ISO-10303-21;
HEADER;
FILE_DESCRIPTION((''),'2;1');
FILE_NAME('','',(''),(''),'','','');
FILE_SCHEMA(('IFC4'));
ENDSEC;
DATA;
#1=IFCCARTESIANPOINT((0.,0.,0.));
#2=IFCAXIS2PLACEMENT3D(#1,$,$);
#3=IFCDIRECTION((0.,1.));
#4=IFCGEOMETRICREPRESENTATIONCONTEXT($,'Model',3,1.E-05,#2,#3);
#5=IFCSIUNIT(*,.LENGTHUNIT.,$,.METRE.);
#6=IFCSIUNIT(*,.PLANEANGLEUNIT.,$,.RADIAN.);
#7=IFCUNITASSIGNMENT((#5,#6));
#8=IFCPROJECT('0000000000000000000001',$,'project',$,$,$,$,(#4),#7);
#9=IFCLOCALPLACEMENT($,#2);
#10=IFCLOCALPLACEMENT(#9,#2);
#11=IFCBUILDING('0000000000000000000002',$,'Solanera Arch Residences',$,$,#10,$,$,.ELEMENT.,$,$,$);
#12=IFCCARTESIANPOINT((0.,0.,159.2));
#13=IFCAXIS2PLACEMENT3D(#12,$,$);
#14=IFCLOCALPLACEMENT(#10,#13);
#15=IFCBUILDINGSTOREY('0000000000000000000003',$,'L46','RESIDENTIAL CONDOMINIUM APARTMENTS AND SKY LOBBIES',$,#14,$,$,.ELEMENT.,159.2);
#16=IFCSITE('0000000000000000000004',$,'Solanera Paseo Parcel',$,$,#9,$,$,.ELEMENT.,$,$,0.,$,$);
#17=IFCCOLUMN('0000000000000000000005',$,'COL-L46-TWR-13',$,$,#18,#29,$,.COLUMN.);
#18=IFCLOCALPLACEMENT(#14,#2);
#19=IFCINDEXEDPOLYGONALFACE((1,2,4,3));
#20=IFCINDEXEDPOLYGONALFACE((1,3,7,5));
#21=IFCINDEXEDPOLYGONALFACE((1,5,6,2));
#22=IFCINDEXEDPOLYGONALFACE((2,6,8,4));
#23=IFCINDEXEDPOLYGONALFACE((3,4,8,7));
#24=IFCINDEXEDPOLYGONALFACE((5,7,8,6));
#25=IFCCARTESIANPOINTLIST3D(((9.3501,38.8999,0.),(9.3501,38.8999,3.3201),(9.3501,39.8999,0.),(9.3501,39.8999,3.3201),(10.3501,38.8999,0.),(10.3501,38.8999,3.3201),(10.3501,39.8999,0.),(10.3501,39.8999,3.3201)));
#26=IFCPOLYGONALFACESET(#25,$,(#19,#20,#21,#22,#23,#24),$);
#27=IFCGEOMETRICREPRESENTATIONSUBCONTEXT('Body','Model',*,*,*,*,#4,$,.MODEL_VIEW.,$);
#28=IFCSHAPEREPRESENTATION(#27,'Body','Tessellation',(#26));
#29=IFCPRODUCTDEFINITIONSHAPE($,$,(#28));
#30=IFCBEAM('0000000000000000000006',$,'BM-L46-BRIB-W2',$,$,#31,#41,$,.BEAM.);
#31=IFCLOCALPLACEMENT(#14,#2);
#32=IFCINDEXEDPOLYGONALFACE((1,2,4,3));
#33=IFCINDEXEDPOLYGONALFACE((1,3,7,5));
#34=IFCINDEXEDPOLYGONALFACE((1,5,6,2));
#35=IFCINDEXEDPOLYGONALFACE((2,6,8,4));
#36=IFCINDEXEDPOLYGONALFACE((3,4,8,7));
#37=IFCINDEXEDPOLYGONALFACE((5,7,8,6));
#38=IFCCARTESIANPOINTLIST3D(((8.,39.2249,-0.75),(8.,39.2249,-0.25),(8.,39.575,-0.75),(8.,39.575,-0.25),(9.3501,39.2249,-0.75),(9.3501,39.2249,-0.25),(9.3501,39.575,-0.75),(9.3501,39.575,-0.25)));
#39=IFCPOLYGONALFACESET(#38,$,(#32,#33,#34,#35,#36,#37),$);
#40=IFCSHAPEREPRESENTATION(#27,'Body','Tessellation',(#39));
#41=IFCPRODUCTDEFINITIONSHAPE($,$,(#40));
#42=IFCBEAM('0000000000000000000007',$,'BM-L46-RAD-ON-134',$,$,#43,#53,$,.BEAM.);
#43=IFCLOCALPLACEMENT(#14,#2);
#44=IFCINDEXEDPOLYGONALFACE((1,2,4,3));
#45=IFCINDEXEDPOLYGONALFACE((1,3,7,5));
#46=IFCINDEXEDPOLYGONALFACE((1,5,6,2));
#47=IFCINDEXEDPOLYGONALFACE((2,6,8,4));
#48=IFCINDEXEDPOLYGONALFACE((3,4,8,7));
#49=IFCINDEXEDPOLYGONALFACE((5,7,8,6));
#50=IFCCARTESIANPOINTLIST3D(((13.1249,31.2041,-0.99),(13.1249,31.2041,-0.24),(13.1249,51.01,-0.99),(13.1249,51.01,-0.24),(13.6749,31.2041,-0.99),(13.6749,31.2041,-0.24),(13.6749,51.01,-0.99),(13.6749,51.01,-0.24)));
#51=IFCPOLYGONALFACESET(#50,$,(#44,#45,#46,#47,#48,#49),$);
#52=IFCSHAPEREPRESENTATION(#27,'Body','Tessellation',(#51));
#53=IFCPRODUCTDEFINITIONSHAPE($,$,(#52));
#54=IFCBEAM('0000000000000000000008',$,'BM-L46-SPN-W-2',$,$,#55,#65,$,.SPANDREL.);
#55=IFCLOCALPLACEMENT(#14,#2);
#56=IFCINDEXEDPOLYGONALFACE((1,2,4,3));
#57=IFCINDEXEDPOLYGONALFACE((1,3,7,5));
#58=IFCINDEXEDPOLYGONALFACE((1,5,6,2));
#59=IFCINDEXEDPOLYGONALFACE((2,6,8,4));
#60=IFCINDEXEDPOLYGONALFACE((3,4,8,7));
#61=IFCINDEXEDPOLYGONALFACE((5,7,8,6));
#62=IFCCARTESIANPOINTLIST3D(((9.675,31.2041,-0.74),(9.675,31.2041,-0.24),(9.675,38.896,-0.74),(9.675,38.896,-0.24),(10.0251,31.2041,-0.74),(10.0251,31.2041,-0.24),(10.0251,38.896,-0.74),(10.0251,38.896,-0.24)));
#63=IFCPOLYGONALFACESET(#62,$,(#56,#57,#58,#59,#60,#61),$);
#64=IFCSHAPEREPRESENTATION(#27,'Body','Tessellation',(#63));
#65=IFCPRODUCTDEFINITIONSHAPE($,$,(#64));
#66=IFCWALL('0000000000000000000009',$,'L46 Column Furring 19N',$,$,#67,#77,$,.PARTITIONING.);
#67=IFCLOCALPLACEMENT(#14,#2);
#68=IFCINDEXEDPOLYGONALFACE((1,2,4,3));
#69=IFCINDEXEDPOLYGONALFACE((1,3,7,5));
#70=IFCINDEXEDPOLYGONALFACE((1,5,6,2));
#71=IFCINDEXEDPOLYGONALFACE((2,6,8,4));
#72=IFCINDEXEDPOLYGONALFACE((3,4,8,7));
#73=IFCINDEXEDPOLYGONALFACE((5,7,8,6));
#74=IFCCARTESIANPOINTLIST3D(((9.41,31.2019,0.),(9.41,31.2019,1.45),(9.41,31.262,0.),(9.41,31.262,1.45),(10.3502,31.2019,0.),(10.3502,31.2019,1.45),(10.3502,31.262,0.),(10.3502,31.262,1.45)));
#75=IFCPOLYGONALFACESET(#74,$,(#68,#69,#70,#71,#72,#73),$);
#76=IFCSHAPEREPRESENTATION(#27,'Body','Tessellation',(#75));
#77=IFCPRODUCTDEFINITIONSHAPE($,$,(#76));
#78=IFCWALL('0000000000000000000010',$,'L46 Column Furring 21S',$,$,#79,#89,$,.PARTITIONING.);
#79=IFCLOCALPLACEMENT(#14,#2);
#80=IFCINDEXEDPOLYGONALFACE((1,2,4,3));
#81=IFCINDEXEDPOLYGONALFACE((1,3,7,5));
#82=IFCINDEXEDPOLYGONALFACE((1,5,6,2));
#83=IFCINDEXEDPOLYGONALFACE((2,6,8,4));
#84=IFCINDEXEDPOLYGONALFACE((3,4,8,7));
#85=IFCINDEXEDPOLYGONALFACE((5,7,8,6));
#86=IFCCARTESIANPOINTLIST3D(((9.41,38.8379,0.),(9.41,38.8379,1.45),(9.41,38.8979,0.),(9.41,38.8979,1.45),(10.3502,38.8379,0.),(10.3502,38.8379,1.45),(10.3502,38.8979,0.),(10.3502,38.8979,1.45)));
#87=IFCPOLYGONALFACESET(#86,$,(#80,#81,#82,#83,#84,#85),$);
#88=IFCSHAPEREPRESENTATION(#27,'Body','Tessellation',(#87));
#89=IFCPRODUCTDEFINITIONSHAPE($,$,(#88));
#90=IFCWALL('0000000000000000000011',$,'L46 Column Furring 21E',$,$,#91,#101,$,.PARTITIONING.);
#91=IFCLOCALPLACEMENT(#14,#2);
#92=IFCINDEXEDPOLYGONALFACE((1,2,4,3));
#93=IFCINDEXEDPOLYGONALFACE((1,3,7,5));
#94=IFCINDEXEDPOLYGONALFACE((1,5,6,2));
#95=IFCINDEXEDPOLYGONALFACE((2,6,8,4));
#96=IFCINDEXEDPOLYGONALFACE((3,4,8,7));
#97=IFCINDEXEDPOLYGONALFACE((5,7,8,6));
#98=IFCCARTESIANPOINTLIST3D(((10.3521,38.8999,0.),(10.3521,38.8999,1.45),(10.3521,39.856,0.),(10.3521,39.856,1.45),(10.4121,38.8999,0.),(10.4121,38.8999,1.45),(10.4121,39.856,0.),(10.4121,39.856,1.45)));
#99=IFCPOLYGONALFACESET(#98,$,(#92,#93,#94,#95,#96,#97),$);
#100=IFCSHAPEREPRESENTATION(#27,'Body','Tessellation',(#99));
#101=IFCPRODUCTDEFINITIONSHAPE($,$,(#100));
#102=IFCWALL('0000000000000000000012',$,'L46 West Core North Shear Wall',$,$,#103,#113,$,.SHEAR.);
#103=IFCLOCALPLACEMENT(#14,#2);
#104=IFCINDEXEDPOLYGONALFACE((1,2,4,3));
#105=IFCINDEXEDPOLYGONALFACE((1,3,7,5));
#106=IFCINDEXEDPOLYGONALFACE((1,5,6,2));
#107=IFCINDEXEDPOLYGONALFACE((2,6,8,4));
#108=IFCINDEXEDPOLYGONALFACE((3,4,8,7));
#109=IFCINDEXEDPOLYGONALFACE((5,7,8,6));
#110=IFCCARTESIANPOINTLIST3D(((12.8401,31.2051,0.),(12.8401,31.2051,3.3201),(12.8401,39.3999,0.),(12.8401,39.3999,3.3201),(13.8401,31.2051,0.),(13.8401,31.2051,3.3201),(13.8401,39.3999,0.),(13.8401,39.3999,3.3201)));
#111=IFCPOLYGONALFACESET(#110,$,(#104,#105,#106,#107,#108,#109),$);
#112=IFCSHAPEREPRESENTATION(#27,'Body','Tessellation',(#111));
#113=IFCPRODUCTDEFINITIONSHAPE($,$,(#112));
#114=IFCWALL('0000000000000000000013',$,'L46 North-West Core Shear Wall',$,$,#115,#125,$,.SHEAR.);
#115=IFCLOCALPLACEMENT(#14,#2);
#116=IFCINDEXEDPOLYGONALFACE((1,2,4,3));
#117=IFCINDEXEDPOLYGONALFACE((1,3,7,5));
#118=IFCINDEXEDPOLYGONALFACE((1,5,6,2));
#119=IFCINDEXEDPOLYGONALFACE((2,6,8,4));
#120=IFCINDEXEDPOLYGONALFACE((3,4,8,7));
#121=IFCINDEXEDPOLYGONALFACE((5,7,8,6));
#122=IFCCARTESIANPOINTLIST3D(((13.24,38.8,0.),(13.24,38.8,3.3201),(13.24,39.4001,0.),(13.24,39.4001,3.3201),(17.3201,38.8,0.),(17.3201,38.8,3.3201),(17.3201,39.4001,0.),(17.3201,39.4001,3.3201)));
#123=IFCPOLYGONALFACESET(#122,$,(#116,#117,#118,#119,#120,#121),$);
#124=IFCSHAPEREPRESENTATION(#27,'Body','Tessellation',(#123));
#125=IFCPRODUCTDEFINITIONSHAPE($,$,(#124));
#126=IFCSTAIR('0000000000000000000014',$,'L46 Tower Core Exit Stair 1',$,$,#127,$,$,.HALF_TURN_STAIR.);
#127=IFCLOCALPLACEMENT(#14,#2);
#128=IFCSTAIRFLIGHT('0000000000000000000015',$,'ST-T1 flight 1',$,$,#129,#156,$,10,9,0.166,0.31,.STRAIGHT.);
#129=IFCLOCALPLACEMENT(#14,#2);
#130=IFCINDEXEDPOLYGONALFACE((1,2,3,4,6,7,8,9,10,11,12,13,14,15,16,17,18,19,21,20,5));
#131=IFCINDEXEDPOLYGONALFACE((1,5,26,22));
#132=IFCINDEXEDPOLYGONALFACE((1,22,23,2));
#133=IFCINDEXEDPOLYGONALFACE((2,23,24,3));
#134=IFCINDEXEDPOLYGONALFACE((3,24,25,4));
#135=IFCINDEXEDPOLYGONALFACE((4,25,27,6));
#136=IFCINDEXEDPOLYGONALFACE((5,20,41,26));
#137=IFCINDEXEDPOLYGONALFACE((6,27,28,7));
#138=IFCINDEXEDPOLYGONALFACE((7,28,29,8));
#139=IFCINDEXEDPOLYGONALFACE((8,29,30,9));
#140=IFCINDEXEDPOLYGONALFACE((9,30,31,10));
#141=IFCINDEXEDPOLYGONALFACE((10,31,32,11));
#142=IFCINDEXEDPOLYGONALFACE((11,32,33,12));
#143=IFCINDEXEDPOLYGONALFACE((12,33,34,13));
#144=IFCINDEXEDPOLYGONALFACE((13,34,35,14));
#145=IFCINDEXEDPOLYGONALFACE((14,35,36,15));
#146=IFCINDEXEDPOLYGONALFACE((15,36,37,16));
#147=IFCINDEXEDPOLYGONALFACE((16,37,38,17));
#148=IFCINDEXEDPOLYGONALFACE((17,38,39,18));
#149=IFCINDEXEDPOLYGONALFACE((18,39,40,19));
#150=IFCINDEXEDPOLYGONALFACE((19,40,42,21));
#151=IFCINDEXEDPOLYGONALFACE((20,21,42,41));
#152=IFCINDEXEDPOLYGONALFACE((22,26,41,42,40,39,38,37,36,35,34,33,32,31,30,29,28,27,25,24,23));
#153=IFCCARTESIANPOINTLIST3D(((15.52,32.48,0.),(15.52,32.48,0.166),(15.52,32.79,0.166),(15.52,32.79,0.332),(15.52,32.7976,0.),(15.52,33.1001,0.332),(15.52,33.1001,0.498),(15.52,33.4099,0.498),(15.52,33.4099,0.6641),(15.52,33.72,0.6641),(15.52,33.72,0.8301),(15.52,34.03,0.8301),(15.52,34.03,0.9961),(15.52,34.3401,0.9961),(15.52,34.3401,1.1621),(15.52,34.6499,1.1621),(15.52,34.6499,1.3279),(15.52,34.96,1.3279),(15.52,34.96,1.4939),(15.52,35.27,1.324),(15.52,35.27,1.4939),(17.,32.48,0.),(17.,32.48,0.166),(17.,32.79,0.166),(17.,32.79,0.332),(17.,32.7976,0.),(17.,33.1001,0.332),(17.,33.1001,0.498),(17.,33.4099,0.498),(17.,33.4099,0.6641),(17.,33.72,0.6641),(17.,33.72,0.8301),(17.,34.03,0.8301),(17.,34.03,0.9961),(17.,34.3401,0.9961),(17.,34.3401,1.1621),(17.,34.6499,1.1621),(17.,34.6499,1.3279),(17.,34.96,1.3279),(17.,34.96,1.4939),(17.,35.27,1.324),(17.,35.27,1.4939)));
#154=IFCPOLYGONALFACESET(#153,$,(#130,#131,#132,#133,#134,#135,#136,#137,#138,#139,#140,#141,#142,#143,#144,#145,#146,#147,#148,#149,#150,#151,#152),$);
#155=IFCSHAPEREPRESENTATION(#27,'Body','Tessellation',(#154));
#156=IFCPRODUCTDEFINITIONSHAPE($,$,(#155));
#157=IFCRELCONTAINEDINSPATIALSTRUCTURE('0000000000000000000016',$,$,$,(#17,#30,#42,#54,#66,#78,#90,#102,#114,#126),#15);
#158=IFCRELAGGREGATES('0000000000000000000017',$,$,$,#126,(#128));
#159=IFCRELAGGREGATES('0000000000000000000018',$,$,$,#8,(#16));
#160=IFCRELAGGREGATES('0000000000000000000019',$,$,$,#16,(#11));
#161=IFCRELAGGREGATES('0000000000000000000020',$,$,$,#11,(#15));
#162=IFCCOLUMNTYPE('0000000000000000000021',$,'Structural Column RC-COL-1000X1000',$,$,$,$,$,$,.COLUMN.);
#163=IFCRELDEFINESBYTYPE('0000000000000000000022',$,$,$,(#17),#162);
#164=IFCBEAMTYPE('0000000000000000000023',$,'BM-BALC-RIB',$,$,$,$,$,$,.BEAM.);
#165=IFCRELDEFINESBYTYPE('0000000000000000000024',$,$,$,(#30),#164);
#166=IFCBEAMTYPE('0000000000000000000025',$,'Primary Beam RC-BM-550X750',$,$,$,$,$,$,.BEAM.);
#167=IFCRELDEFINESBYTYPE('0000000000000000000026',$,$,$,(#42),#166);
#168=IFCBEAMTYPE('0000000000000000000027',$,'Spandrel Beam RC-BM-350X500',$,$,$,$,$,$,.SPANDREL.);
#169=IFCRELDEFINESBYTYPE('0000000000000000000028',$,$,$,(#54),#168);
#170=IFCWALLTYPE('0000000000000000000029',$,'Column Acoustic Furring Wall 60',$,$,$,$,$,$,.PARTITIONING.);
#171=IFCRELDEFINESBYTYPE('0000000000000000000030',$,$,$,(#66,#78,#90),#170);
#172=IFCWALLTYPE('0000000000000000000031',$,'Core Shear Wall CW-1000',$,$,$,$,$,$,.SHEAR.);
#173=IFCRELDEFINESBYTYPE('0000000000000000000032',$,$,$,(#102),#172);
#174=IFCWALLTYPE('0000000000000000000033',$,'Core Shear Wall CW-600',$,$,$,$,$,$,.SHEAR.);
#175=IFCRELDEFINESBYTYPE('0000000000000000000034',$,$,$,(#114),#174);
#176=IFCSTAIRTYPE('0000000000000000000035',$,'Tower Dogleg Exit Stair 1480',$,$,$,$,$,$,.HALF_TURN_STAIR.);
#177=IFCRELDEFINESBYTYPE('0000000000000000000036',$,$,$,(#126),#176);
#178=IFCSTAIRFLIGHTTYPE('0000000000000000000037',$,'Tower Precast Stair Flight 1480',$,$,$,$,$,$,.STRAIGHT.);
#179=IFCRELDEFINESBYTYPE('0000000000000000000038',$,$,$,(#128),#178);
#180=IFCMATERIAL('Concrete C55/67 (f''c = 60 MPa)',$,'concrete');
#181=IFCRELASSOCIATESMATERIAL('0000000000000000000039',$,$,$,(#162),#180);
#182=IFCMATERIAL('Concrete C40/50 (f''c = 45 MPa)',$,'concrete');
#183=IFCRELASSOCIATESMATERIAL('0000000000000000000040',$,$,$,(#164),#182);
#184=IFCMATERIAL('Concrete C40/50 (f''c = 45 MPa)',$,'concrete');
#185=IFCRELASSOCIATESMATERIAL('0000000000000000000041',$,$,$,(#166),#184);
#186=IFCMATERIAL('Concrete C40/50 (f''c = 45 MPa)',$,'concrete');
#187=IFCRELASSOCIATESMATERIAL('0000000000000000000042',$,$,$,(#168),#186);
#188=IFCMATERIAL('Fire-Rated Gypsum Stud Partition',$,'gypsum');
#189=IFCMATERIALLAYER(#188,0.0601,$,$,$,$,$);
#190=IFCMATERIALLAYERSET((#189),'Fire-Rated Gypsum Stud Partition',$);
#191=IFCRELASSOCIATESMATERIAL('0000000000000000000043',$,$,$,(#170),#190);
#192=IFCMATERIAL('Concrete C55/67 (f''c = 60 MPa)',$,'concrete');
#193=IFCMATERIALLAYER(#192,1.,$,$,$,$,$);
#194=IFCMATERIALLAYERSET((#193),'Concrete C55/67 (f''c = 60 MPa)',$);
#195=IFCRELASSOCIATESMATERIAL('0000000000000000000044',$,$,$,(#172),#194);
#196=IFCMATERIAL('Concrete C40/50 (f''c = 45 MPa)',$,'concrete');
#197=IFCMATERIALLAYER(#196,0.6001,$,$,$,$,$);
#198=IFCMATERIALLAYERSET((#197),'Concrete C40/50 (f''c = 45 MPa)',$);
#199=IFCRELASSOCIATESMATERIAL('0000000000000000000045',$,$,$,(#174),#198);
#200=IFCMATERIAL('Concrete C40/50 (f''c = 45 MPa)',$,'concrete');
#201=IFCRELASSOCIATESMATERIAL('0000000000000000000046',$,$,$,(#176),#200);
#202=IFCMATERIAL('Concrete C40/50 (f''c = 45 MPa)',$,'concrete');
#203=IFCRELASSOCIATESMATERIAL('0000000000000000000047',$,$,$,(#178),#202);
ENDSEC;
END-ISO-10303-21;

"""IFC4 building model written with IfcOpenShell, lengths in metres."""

from ifc_helpers import new_model, si_unit, direction, frame, frame_2d, origin, origin_2d, place, context, subcontext, project, spatial, polyline, rectangle, outline, extrude, material, layer, layer_set, material_profile, profile_set, type_object, element, aggregate, save


model = new_model("IFC4")

# Units and contexts
model_context = context("Model", 3, precision=1e-05, world=origin(), true_north=direction((0.0, 1.0)))
body_context = subcontext(model_context, "Body", "Model", "MODEL_VIEW")
ifc_project = project(units=[si_unit("LENGTHUNIT", "METRE"), si_unit("PLANEANGLEUNIT", "RADIAN")], contexts=[model_context])

# Site, building, storey
site_placement = place(None, origin())
site = spatial("IfcSite", under=ifc_project, at=site_placement, Name="Solanera Paseo Parcel", CompositionType="ELEMENT", RefElevation=0.0)
building_placement = place(site_placement, origin())
building = spatial("IfcBuilding", under=site, at=building_placement, Name="Solanera Arch Residences", CompositionType="ELEMENT")
storey_placement = place(building_placement, frame((0.0, 0.0, 159.2)))
storey = spatial("IfcBuildingStorey", under=building, at=storey_placement, Name="L46", Description="RESIDENTIAL CONDOMINIUM APARTMENTS AND SKY LOBBIES", CompositionType="ELEMENT", Elevation=159.2)

# Column
ifc_material_1 = material(Name="Concrete C55/67 (f'c = 60 MPa)", Category="concrete")
ifc_material_profile_1 = material_profile(ifc_material_1, rectangle(XDim=1.0, YDim=1.0, at=origin_2d()))
ifc_profile_set_1 = profile_set([ifc_material_profile_1], Name="Concrete C55/67 (f'c = 60 MPa)")
column_type = type_object("IfcColumnType", Name="Structural Column RC-COL-1000X1000", PredefinedType="COLUMN", material=ifc_profile_set_1)
column_placement = place(storey_placement, frame((9.8501, 39.3999, 0.0), z_axis=(0.0, 0.0, 1.0), x_axis=(1.0, 0.0, 0.0)))
element("IfcColumn", 1, at=column_placement, inside=storey, type_object=column_type, Name="COL-L46-TWR-13", PredefinedType="COLUMN", context=body_context, shape_type="SweptSolid", body=[
    extrude(rectangle(XDim=1.0, YDim=1.0, at=origin_2d()), origin(), (0.0, 0.0, 1.0), 3.3201),
])

# Beams
ifc_material_2 = material(Name="Concrete C40/50 (f'c = 45 MPa)", Category="concrete")
ifc_material_profile_2 = material_profile(ifc_material_2, rectangle(XDim=0.3501, YDim=0.5, at=origin_2d()))
ifc_profile_set_2 = profile_set([ifc_material_profile_2], Name="Concrete C40/50 (f'c = 45 MPa)")
beam_type_1 = type_object("IfcBeamType", Name="BM-BALC-RIB", PredefinedType="BEAM", material=ifc_profile_set_2)
beam_1_placement = place(storey_placement, frame((8.0, 39.3999, -0.5), z_axis=(1.0, 0.0, 0.0), x_axis=(0.0, 1.0, 0.0)))
element("IfcBeam", 2, at=beam_1_placement, inside=storey, type_object=beam_type_1, Name="BM-L46-BRIB-W2", PredefinedType="BEAM", context=body_context, shape_type="SweptSolid", body=[
    extrude(rectangle(XDim=0.3501, YDim=0.5, at=origin_2d()), origin(), (0.0, 0.0, 1.0), 1.3501),
])
ifc_material_3 = material(Name="Concrete C40/50 (f'c = 45 MPa)", Category="concrete")
ifc_material_profile_3 = material_profile(ifc_material_3, rectangle(XDim=0.55, YDim=0.75, at=origin_2d()))
ifc_profile_set_3 = profile_set([ifc_material_profile_3], Name="Concrete C40/50 (f'c = 45 MPa)")
beam_type_2 = type_object("IfcBeamType", Name="Primary Beam RC-BM-550X750", PredefinedType="BEAM", material=ifc_profile_set_3)
beam_2_placement = place(storey_placement, frame((13.3999, 31.2041, -0.615), z_axis=(0.0, 1.0, 0.0), x_axis=(-1.0, 0.0, 0.0)))
element("IfcBeam", 3, at=beam_2_placement, inside=storey, type_object=beam_type_2, Name="BM-L46-RAD-ON-134", PredefinedType="BEAM", context=body_context, shape_type="SweptSolid", body=[
    extrude(rectangle(XDim=0.55, YDim=0.75, at=origin_2d()), origin(), (0.0, 0.0, 1.0), 19.8059),
])
ifc_material_4 = material(Name="Concrete C40/50 (f'c = 45 MPa)", Category="concrete")
ifc_material_profile_4 = material_profile(ifc_material_4, rectangle(XDim=0.3501, YDim=0.5, at=origin_2d()))
ifc_profile_set_4 = profile_set([ifc_material_profile_4], Name="Concrete C40/50 (f'c = 45 MPa)")
beam_type_3 = type_object("IfcBeamType", Name="Spandrel Beam RC-BM-350X500", PredefinedType="SPANDREL", material=ifc_profile_set_4)
beam_3_placement = place(storey_placement, frame((9.8501, 31.2041, -0.49), z_axis=(0.0, 1.0, 0.0), x_axis=(-1.0, 0.0, 0.0)))
element("IfcBeam", 4, at=beam_3_placement, inside=storey, type_object=beam_type_3, Name="BM-L46-SPN-W-2", PredefinedType="SPANDREL", context=body_context, shape_type="SweptSolid", body=[
    extrude(rectangle(XDim=0.3501, YDim=0.5, at=origin_2d()), origin(), (0.0, 0.0, 1.0), 7.6919),
])

# Walls
ifc_material_5 = material(Name="Fire-Rated Gypsum Stud Partition", Category="gypsum")
ifc_layer_1 = layer(ifc_material_5, 0.0601)
ifc_layer_set_1 = layer_set([ifc_layer_1], Name="Fire-Rated Gypsum Stud Partition")
wall_type_1 = type_object("IfcWallType", Name="Column Acoustic Furring Wall 60", PredefinedType="PARTITIONING", material=ifc_layer_set_1)
for number, where, z_axis, x_axis, name in (
    (5, (9.4099, 31.2319, 0.0), (0.0, 0.0, 1.0), (1.0, 0.0, 0.0), "L46 Column Furring 19N"),
    (6, (9.4099, 38.8679, 0.0), (0.0, 0.0, 1.0), (1.0, 0.0, 0.0), "L46 Column Furring 21S"),
):
    element("IfcWall", number, at=place(storey_placement, frame(where, z_axis=z_axis, x_axis=x_axis)), inside=storey, type_object=wall_type_1, Name=name, PredefinedType="PARTITIONING", context=body_context, shape_type="SweptSolid", body=[
        extrude(rectangle(XDim=0.9402, YDim=0.0601, at=frame_2d((0.4702, 0.0))), origin(), (0.0, 0.0, 1.0), 1.45),
    ])
wall_1_placement = place(storey_placement, frame((10.3821, 38.8999, 0.0), z_axis=(0.0, 0.0, 1.0), x_axis=(0.0, 1.0, 0.0)))
element("IfcWall", 7, at=wall_1_placement, inside=storey, type_object=wall_type_1, Name="L46 Column Furring 21E", PredefinedType="PARTITIONING", context=body_context, shape_type="SweptSolid", body=[
    extrude(rectangle(XDim=0.9561, YDim=0.0601, at=frame_2d((0.478, 0.0))), origin(), (0.0, 0.0, 1.0), 1.45),
])
ifc_material_6 = material(Name="Concrete C55/67 (f'c = 60 MPa)", Category="concrete")
ifc_layer_2 = layer(ifc_material_6, 1.0)
ifc_layer_set_2 = layer_set([ifc_layer_2], Name="Concrete C55/67 (f'c = 60 MPa)")
wall_type_2 = type_object("IfcWallType", Name="Core Shear Wall CW-1000", PredefinedType="SHEAR", material=ifc_layer_set_2)
wall_2_placement = place(storey_placement, frame((13.3401, 31.2051, 0.0), z_axis=(0.0, 0.0, 1.0), x_axis=(0.0, 1.0, 0.0)))
element("IfcWall", 8, at=wall_2_placement, inside=storey, type_object=wall_type_2, Name="L46 West Core North Shear Wall", PredefinedType="SHEAR", context=body_context, shape_type="SweptSolid", body=[
    extrude(rectangle(XDim=8.1948, YDim=1.0, at=frame_2d((4.0974, 0.0))), origin(), (0.0, 0.0, 1.0), 3.3201),
])
ifc_material_7 = material(Name="Concrete C40/50 (f'c = 45 MPa)", Category="concrete")
ifc_layer_3 = layer(ifc_material_7, 0.6001)
ifc_layer_set_3 = layer_set([ifc_layer_3], Name="Concrete C40/50 (f'c = 45 MPa)")
wall_type_3 = type_object("IfcWallType", Name="Core Shear Wall CW-600", PredefinedType="SHEAR", material=ifc_layer_set_3)
wall_3_placement = place(storey_placement, frame((13.24, 39.1001, 0.0), z_axis=(0.0, 0.0, 1.0), x_axis=(1.0, 0.0, 0.0)))
element("IfcWall", 9, at=wall_3_placement, inside=storey, type_object=wall_type_3, Name="L46 North-West Core Shear Wall", PredefinedType="SHEAR", context=body_context, shape_type="SweptSolid", body=[
    extrude(rectangle(XDim=4.0801, YDim=0.6001, at=frame_2d((2.04, 0.0))), origin(), (0.0, 0.0, 1.0), 3.3201),
])

# Stair, stair flight
ifc_material_8 = material(Name="Concrete C40/50 (f'c = 45 MPa)", Category="concrete")
stair_type = type_object("IfcStairType", Name="Tower Dogleg Exit Stair 1480", PredefinedType="HALF_TURN_STAIR", material=ifc_material_8)
stair_placement = place(storey_placement, origin())
stair = element("IfcStair", 10, at=stair_placement, inside=storey, type_object=stair_type, Name="L46 Tower Core Exit Stair 1", PredefinedType="HALF_TURN_STAIR")
ifc_material_9 = material(Name="Concrete C40/50 (f'c = 45 MPa)", Category="concrete")
stair_flight_type = type_object("IfcStairFlightType", Name="Tower Precast Stair Flight 1480", PredefinedType="STRAIGHT", material=ifc_material_9)
stair_flight_1_placement = place(storey_placement, frame((16.26, 32.48, 0.0), z_axis=(0.0, 0.0, 1.0), x_axis=(0.0, 1.0, 0.0)))
stair_flight_1 = element("IfcStairFlight", 11, at=stair_flight_1_placement, type_object=stair_flight_type, Name="ST-T1 flight 1", NumberOfRisers=10, NumberOfTreads=9, PredefinedType="STRAIGHT", RiserHeight=0.166, TreadLength=0.31, context=body_context, shape_type="SweptSolid", body=[
    extrude(outline(polyline([(0.0, 0.0), (0.0, 0.166), (0.3101, 0.166), (0.3101, 0.332), (0.6201, 0.332), (0.6201, 0.498), (0.9299, 0.498), (0.9299, 0.6641), (1.24, 0.6641), (1.24, 0.8301), (1.55, 0.8301), (1.55, 0.9961), (1.8601, 0.9961), (1.8601, 1.1621), (2.1699, 1.1621), (2.1699, 1.3279), (2.48, 1.3279), (2.48, 1.4939), (2.79, 1.4939), (2.79, 1.6599), (2.79, 1.324), (0.3176, 0.0), (0.0, 0.0)])), frame((0.0, 0.74, 0.0), z_axis=(0.0, -1.0, 0.0), x_axis=(1.0, 0.0, 0.0)), (0.0, 0.0, 1.0), 1.48),
])
aggregate(stair, [stair_flight_1])

save(model, "model.ifc")
